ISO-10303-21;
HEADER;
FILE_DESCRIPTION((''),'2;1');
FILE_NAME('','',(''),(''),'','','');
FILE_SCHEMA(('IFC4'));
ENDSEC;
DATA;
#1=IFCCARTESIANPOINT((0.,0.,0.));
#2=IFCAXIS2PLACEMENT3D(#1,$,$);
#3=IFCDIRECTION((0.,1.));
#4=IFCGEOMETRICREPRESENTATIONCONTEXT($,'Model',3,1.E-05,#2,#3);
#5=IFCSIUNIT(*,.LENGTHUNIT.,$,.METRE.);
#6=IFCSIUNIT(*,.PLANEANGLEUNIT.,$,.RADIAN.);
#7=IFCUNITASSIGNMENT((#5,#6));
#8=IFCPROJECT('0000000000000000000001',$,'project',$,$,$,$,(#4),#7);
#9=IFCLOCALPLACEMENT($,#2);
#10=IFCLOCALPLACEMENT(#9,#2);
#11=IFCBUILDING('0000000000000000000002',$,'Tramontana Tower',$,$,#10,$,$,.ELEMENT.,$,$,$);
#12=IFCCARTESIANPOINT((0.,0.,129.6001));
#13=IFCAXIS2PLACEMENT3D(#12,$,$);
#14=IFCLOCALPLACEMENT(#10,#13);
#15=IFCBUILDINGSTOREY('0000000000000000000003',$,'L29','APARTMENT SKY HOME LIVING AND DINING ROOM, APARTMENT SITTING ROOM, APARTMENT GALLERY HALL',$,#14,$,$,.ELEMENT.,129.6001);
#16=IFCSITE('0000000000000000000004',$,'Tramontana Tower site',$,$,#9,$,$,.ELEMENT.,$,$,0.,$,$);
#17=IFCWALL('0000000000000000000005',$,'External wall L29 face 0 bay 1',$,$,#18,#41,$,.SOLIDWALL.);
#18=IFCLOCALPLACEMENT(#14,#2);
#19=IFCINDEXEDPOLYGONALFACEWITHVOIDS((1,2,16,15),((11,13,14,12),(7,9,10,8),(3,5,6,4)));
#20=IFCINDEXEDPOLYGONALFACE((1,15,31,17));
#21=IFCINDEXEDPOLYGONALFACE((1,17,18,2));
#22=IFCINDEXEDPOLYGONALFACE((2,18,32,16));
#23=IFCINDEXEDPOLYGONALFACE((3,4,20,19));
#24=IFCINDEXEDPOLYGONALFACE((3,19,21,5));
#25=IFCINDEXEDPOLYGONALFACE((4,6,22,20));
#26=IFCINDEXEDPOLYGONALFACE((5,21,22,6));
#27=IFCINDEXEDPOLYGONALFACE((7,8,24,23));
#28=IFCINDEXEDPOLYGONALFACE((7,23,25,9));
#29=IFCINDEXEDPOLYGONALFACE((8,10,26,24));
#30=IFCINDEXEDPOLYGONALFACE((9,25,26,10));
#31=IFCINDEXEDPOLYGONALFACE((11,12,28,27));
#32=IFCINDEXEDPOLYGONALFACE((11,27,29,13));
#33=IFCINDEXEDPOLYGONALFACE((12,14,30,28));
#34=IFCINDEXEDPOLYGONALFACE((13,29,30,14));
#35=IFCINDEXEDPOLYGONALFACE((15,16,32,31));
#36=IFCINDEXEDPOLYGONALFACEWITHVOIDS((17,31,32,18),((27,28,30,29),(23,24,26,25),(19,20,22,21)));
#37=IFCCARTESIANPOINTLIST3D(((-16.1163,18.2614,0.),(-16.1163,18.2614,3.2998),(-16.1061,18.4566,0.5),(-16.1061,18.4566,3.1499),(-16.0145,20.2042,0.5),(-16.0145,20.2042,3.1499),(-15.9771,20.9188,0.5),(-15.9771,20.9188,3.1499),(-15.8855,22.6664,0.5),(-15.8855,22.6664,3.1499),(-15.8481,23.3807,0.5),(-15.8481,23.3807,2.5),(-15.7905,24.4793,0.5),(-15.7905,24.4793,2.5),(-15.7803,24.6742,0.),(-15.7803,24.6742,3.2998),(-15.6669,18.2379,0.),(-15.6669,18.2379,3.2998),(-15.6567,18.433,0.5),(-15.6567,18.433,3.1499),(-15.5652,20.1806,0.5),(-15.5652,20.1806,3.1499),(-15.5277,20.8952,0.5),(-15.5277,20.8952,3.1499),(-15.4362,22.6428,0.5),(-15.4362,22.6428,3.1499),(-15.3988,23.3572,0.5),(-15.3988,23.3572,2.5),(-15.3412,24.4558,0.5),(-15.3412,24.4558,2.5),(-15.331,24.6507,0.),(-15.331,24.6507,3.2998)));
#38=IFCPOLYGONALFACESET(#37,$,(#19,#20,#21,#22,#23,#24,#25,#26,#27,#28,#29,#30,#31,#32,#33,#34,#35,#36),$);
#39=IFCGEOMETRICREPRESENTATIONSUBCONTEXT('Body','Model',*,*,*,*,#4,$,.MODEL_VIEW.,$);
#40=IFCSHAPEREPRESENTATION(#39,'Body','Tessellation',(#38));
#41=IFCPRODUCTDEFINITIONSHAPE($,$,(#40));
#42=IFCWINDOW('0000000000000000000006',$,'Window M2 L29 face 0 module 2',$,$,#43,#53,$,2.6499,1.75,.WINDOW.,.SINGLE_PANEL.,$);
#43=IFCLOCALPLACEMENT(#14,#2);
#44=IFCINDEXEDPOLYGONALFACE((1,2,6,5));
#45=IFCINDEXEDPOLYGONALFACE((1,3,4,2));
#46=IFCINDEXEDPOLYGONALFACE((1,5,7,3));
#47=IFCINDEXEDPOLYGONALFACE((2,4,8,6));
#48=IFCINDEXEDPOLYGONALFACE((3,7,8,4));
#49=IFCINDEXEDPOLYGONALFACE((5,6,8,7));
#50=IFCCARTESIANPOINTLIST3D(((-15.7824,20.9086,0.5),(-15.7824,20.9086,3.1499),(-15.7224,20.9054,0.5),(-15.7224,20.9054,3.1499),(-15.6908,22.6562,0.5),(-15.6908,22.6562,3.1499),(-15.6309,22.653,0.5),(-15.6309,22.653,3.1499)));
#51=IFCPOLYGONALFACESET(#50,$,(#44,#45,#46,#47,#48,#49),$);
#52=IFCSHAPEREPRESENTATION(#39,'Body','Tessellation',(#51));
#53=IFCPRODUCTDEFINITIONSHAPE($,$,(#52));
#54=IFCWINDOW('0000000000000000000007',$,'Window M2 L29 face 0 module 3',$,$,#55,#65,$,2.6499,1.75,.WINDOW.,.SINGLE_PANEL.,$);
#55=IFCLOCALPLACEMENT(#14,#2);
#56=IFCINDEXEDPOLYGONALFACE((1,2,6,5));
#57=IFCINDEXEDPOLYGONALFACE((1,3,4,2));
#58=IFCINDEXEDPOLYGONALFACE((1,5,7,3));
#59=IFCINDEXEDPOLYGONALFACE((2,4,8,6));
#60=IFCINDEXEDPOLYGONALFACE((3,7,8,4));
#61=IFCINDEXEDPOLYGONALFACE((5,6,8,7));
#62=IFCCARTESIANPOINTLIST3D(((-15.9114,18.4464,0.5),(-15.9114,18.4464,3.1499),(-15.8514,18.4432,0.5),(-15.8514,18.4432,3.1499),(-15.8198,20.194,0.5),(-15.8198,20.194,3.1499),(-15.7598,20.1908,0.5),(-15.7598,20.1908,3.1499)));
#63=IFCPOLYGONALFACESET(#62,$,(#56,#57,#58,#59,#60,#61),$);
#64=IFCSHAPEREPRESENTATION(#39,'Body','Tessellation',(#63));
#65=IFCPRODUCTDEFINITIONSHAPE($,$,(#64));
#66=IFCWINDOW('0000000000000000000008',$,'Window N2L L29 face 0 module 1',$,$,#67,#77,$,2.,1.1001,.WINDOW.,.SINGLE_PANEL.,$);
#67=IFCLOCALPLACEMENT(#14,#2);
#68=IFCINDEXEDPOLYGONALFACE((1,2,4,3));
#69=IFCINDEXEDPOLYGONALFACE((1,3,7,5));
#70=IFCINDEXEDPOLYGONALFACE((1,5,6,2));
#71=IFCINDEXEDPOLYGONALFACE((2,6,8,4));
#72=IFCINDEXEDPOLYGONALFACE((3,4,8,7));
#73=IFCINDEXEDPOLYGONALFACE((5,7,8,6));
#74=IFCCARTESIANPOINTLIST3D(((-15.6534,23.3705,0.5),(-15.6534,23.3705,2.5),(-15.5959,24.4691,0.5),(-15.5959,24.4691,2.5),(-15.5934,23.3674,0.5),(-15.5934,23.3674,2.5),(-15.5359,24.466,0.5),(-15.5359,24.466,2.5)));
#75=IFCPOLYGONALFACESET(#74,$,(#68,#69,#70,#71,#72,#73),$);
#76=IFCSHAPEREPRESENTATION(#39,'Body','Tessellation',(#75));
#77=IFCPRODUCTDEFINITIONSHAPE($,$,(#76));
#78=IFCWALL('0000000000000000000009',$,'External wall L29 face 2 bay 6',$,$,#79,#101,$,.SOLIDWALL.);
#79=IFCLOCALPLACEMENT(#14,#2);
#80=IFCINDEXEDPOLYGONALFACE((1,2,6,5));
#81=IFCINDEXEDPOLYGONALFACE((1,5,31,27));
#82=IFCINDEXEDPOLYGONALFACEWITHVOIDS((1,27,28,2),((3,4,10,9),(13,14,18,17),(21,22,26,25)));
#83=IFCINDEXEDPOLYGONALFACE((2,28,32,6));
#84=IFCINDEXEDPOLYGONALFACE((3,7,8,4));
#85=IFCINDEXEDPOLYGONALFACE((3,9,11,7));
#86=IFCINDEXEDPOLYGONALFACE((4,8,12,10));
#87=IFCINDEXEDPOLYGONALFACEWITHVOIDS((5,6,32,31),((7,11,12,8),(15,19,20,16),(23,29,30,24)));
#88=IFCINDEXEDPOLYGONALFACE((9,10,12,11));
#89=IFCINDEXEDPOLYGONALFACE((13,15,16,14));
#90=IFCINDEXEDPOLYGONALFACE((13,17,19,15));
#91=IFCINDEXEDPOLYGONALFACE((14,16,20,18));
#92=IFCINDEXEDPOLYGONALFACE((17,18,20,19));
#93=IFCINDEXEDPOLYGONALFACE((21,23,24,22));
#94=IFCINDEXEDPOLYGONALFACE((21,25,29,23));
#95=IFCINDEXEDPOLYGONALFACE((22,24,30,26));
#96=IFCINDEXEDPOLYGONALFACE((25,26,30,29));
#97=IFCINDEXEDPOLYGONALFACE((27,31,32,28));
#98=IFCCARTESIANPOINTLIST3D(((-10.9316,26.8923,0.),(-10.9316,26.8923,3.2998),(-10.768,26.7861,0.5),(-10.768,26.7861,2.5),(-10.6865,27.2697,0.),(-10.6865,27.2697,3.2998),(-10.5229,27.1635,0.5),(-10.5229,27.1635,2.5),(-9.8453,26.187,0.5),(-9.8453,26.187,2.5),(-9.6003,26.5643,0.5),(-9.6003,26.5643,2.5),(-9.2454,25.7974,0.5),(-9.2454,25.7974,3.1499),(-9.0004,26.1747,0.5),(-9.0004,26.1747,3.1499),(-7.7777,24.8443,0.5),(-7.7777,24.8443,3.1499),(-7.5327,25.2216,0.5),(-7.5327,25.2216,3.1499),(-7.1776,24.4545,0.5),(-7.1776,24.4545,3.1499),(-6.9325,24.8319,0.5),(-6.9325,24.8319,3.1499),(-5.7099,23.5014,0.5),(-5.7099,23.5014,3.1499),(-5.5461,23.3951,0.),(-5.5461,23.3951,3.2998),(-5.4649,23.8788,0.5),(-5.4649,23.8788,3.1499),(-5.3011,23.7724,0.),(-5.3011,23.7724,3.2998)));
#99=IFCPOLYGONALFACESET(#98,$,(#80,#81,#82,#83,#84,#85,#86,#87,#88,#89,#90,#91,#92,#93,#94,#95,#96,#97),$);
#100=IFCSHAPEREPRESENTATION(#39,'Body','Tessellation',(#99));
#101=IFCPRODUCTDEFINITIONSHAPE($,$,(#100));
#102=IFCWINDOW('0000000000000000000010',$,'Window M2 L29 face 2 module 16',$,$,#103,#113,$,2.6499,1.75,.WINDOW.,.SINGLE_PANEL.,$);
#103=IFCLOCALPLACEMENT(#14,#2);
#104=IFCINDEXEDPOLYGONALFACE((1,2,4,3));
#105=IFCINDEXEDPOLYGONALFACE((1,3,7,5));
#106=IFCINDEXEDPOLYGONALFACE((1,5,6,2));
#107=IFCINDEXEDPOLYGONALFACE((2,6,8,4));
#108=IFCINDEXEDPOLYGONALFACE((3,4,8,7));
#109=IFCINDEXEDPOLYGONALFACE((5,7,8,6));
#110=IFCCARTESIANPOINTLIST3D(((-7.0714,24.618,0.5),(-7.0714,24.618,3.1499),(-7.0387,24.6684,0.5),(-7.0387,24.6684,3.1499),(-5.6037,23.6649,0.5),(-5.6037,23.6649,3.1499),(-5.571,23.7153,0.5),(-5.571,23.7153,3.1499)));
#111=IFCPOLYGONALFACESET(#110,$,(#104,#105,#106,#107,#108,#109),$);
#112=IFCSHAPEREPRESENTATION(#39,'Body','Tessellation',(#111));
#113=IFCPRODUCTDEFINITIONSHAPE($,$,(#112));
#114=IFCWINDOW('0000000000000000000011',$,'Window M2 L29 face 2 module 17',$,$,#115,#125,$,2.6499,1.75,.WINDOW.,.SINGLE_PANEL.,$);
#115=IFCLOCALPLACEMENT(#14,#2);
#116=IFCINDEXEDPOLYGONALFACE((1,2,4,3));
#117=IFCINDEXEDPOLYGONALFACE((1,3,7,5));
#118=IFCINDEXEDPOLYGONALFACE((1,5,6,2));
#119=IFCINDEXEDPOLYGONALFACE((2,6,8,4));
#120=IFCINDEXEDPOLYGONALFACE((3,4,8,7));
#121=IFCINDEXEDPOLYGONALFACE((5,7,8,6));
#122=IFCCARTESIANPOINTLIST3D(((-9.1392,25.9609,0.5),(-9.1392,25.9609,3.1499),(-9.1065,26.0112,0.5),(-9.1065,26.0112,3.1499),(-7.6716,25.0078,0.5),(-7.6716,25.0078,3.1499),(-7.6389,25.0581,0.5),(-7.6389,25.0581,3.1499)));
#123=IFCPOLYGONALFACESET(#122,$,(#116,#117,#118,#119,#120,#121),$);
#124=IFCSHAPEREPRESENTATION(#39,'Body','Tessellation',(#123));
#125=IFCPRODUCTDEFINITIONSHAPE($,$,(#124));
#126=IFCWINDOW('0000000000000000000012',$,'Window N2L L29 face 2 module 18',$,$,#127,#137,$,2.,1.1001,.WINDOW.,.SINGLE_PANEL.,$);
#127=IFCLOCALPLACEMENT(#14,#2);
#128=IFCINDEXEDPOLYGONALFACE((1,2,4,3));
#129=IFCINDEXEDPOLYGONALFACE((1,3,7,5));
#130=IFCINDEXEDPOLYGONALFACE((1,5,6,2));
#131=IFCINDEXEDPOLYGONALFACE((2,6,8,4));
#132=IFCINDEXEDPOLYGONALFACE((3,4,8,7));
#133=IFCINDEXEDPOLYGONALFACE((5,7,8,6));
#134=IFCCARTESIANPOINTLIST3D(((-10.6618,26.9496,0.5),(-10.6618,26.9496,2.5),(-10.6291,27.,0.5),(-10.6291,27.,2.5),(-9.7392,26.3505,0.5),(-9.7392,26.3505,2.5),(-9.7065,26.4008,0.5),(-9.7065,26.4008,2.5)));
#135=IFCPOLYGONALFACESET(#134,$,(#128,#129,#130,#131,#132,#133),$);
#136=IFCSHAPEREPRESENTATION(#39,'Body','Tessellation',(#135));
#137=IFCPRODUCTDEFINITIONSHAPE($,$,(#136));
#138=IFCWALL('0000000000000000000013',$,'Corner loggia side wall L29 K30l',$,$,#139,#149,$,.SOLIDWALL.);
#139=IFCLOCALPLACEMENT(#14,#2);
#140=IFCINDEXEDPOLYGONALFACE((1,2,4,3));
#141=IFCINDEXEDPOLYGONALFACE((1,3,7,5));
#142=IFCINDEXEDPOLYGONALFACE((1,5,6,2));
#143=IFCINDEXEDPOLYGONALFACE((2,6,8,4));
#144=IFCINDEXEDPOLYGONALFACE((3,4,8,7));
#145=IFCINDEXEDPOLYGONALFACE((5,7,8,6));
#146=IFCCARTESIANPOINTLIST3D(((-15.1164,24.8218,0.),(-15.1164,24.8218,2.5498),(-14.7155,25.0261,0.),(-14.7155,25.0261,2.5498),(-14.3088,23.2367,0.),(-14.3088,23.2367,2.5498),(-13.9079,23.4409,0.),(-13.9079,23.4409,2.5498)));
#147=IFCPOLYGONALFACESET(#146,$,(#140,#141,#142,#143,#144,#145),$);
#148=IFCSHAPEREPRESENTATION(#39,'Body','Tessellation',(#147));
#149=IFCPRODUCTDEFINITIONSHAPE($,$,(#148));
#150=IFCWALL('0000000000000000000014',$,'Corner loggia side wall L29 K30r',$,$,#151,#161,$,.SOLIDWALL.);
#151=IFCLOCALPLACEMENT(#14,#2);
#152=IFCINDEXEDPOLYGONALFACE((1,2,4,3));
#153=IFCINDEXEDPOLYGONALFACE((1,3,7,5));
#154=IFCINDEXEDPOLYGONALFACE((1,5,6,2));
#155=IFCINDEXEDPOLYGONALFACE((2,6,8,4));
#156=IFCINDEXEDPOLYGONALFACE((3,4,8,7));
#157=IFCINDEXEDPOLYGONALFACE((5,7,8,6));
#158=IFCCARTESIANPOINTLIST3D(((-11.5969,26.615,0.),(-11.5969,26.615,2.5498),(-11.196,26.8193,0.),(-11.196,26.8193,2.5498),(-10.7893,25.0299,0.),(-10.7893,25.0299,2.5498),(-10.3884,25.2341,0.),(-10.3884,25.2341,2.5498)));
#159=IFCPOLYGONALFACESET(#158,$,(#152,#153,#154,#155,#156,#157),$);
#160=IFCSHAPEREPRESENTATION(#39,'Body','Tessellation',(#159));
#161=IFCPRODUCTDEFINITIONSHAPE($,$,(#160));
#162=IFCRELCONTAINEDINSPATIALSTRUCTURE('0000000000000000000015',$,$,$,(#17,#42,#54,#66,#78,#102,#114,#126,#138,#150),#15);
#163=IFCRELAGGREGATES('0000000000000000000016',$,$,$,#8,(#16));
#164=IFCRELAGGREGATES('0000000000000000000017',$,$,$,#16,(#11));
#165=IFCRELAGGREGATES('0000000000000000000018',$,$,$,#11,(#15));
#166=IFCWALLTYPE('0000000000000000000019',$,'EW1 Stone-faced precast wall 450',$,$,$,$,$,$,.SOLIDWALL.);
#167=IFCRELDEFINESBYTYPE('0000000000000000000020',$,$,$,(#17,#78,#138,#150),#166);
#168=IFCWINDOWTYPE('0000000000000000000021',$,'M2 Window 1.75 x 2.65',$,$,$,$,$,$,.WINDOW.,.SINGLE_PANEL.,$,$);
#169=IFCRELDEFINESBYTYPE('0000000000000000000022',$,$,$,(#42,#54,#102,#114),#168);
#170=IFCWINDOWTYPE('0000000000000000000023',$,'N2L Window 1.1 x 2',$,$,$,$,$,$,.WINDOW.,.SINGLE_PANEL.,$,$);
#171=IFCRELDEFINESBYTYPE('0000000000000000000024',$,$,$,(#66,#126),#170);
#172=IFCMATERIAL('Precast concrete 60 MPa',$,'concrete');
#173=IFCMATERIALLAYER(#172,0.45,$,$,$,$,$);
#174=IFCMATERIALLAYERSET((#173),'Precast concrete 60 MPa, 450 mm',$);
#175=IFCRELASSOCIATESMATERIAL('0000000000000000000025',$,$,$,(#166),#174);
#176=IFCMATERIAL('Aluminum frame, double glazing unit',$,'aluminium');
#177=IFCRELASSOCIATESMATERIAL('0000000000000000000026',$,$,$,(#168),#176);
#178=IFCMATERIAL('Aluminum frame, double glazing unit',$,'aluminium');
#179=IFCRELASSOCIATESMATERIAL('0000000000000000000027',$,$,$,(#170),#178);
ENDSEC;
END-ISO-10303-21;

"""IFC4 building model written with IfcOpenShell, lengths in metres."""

from ifc_helpers import new_model, si_unit, direction, frame, frame_2d, origin, place, context, subcontext, project, spatial, rectangle, extrude, material, layer, layer_set, type_object, element, fill, save


model = new_model("IFC4")

# Units and contexts
model_context = context("Model", 3, precision=1e-05, world=origin(), true_north=direction((0.0, 1.0)))
body_context = subcontext(model_context, "Body", "Model", "MODEL_VIEW")
ifc_project = project(units=[si_unit("LENGTHUNIT", "METRE"), si_unit("PLANEANGLEUNIT", "RADIAN")], contexts=[model_context])

# Site, building, storey
site_placement = place(None, origin())
site = spatial("IfcSite", under=ifc_project, at=site_placement, Name="Tramontana Tower site", CompositionType="ELEMENT", RefElevation=0.0)
building_placement = place(site_placement, origin())
building = spatial("IfcBuilding", under=site, at=building_placement, Name="Tramontana Tower", CompositionType="ELEMENT")
storey_placement = place(building_placement, frame((0.0, 0.0, 129.6001)))
storey = spatial("IfcBuildingStorey", under=building, at=storey_placement, Name="L29", Description="APARTMENT SKY HOME LIVING AND DINING ROOM, APARTMENT SITTING ROOM, APARTMENT GALLERY HALL", CompositionType="ELEMENT", Elevation=129.6001)

# Walls, openings, windows
ifc_material_1 = material(Name="Precast concrete 60 MPa", Category="concrete")
ifc_layer_1 = layer(ifc_material_1, 0.45)
ifc_layer_set_1 = layer_set([ifc_layer_1], Name="Precast concrete 60 MPa, 450 mm")
wall_type_1 = type_object("IfcWallType", Name="EW1 Stone-faced precast wall 450", PredefinedType="SOLIDWALL", material=ifc_layer_set_1)
wall_1_placement = place(storey_placement, frame((-15.5557, 24.6626, 0.0), z_axis=(0.0, 0.0, 1.0), x_axis=(-0.052313, -0.998631, 0.0)))
wall_1 = element("IfcWall", 1, at=wall_1_placement, inside=storey, type_object=wall_type_1, Name="External wall L29 face 0 bay 1", PredefinedType="SOLIDWALL", context=body_context, shape_type="SweptSolid", body=[
    extrude(rectangle(XDim=6.4216, YDim=0.45, at=frame_2d((3.2109, 0.0))), origin(), (0.0, 0.0, 1.0), 3.2998),
])
opening_1_placement = place(wall_1_placement, frame((0.1953, 0.0, 0.5)))
opening_1 = element("IfcOpeningElement", 2, at=opening_1_placement, cuts=wall_1, PredefinedType="OPENING", context=body_context, shape_type="SweptSolid", body=[
    extrude(rectangle(XDim=1.1001, YDim=2.0, at=frame_2d((0.55, 1.0))), frame((0.0, 0.2349, 0.0), z_axis=(0.0, -1.0, 0.0), x_axis=(1.0, 0.0, 0.0)), (0.0, 0.0, 1.0), 0.47),
])
opening_2_placement = place(wall_1_placement, frame((2.0107, 0.0, 0.5)))
opening_2 = element("IfcOpeningElement", 3, at=opening_2_placement, cuts=wall_1, PredefinedType="OPENING", context=body_context, shape_type="SweptSolid", body=[
    extrude(rectangle(XDim=1.75, YDim=2.6499, at=frame_2d((0.875, 1.325))), frame((0.0, 0.2349, 0.0), z_axis=(0.0, -1.0, 0.0), x_axis=(1.0, 0.0, 0.0)), (0.0, 0.0, 1.0), 0.47),
])
opening_3_placement = place(wall_1_placement, frame((4.4763, 0.0, 0.5)))
opening_3 = element("IfcOpeningElement", 4, at=opening_3_placement, cuts=wall_1, PredefinedType="OPENING", context=body_context, shape_type="SweptSolid", body=[
    extrude(rectangle(XDim=1.75, YDim=2.6499, at=frame_2d((0.875, 1.325))), frame((0.0, 0.2349, 0.0), z_axis=(0.0, -1.0, 0.0), x_axis=(1.0, 0.0, 0.0)), (0.0, 0.0, 1.0), 0.47),
])
ifc_material_2 = material(Name="Aluminum frame, double glazing unit", Category="aluminium")
window_type_1 = type_object("IfcWindowType", Name="M2 Window 1.75 x 2.65", PartitioningType="SINGLE_PANEL", PredefinedType="WINDOW", material=ifc_material_2)
window_1_placement = place(opening_2_placement, origin())
window_1 = element("IfcWindow", 5, at=window_1_placement, inside=storey, type_object=window_type_1, Name="Window M2 L29 face 0 module 2", OverallHeight=2.6499, OverallWidth=1.75, PartitioningType="SINGLE_PANEL", PredefinedType="WINDOW", context=body_context, shape_type="SweptSolid", body=[
    extrude(rectangle(XDim=1.75, YDim=2.6499, at=frame_2d((0.875, 1.325))), frame((0.0, 0.03, 0.0), z_axis=(0.0, -1.0, 0.0), x_axis=(1.0, 0.0, 0.0)), (0.0, 0.0, 1.0), 0.0601),
])
fill(opening_2, window_1)
window_2_placement = place(opening_3_placement, origin())
window_2 = element("IfcWindow", 6, at=window_2_placement, inside=storey, type_object=window_type_1, Name="Window M2 L29 face 0 module 3", OverallHeight=2.6499, OverallWidth=1.75, PartitioningType="SINGLE_PANEL", PredefinedType="WINDOW", context=body_context, shape_type="SweptSolid", body=[
    extrude(rectangle(XDim=1.75, YDim=2.6499, at=frame_2d((0.875, 1.325))), frame((0.0, 0.03, 0.0), z_axis=(0.0, -1.0, 0.0), x_axis=(1.0, 0.0, 0.0)), (0.0, 0.0, 1.0), 0.0601),
])
fill(opening_3, window_2)
ifc_material_3 = material(Name="Aluminum frame, double glazing unit", Category="aluminium")
window_type_2 = type_object("IfcWindowType", Name="N2L Window 1.1 x 2", PartitioningType="SINGLE_PANEL", PredefinedType="WINDOW", material=ifc_material_3)
window_3_placement = place(opening_1_placement, origin())
window_3 = element("IfcWindow", 7, at=window_3_placement, inside=storey, type_object=window_type_2, Name="Window N2L L29 face 0 module 1", OverallHeight=2.0, OverallWidth=1.1001, PartitioningType="SINGLE_PANEL", PredefinedType="WINDOW", context=body_context, shape_type="SweptSolid", body=[
    extrude(rectangle(XDim=1.1001, YDim=2.0, at=frame_2d((0.55, 1.0))), frame((0.0, 0.03, 0.0), z_axis=(0.0, -1.0, 0.0), x_axis=(1.0, 0.0, 0.0)), (0.0, 0.0, 1.0), 0.0601),
])
fill(opening_1, window_3)
wall_2_placement = place(storey_placement, frame((-5.4236, 23.5837, 0.0), z_axis=(0.0, 0.0, 1.0), x_axis=(-0.838675, 0.544631, 0.0)))
wall_2 = element("IfcWall", 8, at=wall_2_placement, inside=storey, type_object=wall_type_1, Name="External wall L29 face 2 bay 6", PredefinedType="SOLIDWALL", context=body_context, shape_type="SweptSolid", body=[
    extrude(rectangle(XDim=6.4214, YDim=0.45, at=frame_2d((3.2107, 0.0))), origin(), (0.0, 0.0, 1.0), 3.2998),
])
opening_4_placement = place(wall_2_placement, frame((0.1953, 0.0, 0.5)))
opening_4 = element("IfcOpeningElement", 9, at=opening_4_placement, cuts=wall_2, PredefinedType="OPENING", context=body_context, shape_type="SweptSolid", body=[
    extrude(rectangle(XDim=1.75, YDim=2.6499, at=frame_2d((0.875, 1.325))), frame((0.0, 0.2349, 0.0), z_axis=(0.0, -1.0, 0.0), x_axis=(1.0, 0.0, 0.0)), (0.0, 0.0, 1.0), 0.47),
])
opening_5_placement = place(wall_2_placement, frame((2.6609, 0.0, 0.5)))
opening_5 = element("IfcOpeningElement", 10, at=opening_5_placement, cuts=wall_2, PredefinedType="OPENING", context=body_context, shape_type="SweptSolid", body=[
    extrude(rectangle(XDim=1.75, YDim=2.6499, at=frame_2d((0.875, 1.325))), frame((0.0, 0.2349, 0.0), z_axis=(0.0, -1.0, 0.0), x_axis=(1.0, 0.0, 0.0)), (0.0, 0.0, 1.0), 0.47),
])
opening_6_placement = place(wall_2_placement, frame((5.1262, 0.0, 0.5)))
opening_6 = element("IfcOpeningElement", 11, at=opening_6_placement, cuts=wall_2, PredefinedType="OPENING", context=body_context, shape_type="SweptSolid", body=[
    extrude(rectangle(XDim=1.1001, YDim=2.0, at=frame_2d((0.55, 1.0))), frame((0.0, 0.2349, 0.0), z_axis=(0.0, -1.0, 0.0), x_axis=(1.0, 0.0, 0.0)), (0.0, 0.0, 1.0), 0.47),
])
window_4_placement = place(opening_4_placement, origin())
window_4 = element("IfcWindow", 12, at=window_4_placement, inside=storey, type_object=window_type_1, Name="Window M2 L29 face 2 module 16", OverallHeight=2.6499, OverallWidth=1.75, PartitioningType="SINGLE_PANEL", PredefinedType="WINDOW", context=body_context, shape_type="SweptSolid", body=[
    extrude(rectangle(XDim=1.75, YDim=2.6499, at=frame_2d((0.875, 1.325))), frame((0.0, 0.03, 0.0), z_axis=(0.0, -1.0, 0.0), x_axis=(1.0, 0.0, 0.0)), (0.0, 0.0, 1.0), 0.0601),
])
fill(opening_4, window_4)
window_5_placement = place(opening_5_placement, origin())
window_5 = element("IfcWindow", 13, at=window_5_placement, inside=storey, type_object=window_type_1, Name="Window M2 L29 face 2 module 17", OverallHeight=2.6499, OverallWidth=1.75, PartitioningType="SINGLE_PANEL", PredefinedType="WINDOW", context=body_context, shape_type="SweptSolid", body=[
    extrude(rectangle(XDim=1.75, YDim=2.6499, at=frame_2d((0.875, 1.325))), frame((0.0, 0.03, 0.0), z_axis=(0.0, -1.0, 0.0), x_axis=(1.0, 0.0, 0.0)), (0.0, 0.0, 1.0), 0.0601),
])
fill(opening_5, window_5)
window_6_placement = place(opening_6_placement, origin())
window_6 = element("IfcWindow", 14, at=window_6_placement, inside=storey, type_object=window_type_2, Name="Window N2L L29 face 2 module 18", OverallHeight=2.0, OverallWidth=1.1001, PartitioningType="SINGLE_PANEL", PredefinedType="WINDOW", context=body_context, shape_type="SweptSolid", body=[
    extrude(rectangle(XDim=1.1001, YDim=2.0, at=frame_2d((0.55, 1.0))), frame((0.0, 0.03, 0.0), z_axis=(0.0, -1.0, 0.0), x_axis=(1.0, 0.0, 0.0)), (0.0, 0.0, 1.0), 0.0601),
])
fill(opening_6, window_6)

# Walls
for number, where, z_axis, x_axis, name in (
    (15, (-14.916, 24.9241, 0.0), (0.0, 0.0, 1.0), (0.453953, -0.891026, 0.0), "Corner loggia side wall L29 K30l"),
    (16, (-11.3965, 26.7173, 0.0), (0.0, 0.0, 1.0), (0.453953, -0.891026, 0.0), "Corner loggia side wall L29 K30r"),
):
    element("IfcWall", number, at=place(storey_placement, frame(where, z_axis=z_axis, x_axis=x_axis)), inside=storey, type_object=wall_type_1, Name=name, PredefinedType="SOLIDWALL", context=body_context, shape_type="SweptSolid", body=[
        extrude(rectangle(XDim=1.7791, YDim=0.45, at=frame_2d((0.8896, 0.0))), origin(), (0.0, 0.0, 1.0), 2.5498),
    ])

save(model, "model.ifc")
